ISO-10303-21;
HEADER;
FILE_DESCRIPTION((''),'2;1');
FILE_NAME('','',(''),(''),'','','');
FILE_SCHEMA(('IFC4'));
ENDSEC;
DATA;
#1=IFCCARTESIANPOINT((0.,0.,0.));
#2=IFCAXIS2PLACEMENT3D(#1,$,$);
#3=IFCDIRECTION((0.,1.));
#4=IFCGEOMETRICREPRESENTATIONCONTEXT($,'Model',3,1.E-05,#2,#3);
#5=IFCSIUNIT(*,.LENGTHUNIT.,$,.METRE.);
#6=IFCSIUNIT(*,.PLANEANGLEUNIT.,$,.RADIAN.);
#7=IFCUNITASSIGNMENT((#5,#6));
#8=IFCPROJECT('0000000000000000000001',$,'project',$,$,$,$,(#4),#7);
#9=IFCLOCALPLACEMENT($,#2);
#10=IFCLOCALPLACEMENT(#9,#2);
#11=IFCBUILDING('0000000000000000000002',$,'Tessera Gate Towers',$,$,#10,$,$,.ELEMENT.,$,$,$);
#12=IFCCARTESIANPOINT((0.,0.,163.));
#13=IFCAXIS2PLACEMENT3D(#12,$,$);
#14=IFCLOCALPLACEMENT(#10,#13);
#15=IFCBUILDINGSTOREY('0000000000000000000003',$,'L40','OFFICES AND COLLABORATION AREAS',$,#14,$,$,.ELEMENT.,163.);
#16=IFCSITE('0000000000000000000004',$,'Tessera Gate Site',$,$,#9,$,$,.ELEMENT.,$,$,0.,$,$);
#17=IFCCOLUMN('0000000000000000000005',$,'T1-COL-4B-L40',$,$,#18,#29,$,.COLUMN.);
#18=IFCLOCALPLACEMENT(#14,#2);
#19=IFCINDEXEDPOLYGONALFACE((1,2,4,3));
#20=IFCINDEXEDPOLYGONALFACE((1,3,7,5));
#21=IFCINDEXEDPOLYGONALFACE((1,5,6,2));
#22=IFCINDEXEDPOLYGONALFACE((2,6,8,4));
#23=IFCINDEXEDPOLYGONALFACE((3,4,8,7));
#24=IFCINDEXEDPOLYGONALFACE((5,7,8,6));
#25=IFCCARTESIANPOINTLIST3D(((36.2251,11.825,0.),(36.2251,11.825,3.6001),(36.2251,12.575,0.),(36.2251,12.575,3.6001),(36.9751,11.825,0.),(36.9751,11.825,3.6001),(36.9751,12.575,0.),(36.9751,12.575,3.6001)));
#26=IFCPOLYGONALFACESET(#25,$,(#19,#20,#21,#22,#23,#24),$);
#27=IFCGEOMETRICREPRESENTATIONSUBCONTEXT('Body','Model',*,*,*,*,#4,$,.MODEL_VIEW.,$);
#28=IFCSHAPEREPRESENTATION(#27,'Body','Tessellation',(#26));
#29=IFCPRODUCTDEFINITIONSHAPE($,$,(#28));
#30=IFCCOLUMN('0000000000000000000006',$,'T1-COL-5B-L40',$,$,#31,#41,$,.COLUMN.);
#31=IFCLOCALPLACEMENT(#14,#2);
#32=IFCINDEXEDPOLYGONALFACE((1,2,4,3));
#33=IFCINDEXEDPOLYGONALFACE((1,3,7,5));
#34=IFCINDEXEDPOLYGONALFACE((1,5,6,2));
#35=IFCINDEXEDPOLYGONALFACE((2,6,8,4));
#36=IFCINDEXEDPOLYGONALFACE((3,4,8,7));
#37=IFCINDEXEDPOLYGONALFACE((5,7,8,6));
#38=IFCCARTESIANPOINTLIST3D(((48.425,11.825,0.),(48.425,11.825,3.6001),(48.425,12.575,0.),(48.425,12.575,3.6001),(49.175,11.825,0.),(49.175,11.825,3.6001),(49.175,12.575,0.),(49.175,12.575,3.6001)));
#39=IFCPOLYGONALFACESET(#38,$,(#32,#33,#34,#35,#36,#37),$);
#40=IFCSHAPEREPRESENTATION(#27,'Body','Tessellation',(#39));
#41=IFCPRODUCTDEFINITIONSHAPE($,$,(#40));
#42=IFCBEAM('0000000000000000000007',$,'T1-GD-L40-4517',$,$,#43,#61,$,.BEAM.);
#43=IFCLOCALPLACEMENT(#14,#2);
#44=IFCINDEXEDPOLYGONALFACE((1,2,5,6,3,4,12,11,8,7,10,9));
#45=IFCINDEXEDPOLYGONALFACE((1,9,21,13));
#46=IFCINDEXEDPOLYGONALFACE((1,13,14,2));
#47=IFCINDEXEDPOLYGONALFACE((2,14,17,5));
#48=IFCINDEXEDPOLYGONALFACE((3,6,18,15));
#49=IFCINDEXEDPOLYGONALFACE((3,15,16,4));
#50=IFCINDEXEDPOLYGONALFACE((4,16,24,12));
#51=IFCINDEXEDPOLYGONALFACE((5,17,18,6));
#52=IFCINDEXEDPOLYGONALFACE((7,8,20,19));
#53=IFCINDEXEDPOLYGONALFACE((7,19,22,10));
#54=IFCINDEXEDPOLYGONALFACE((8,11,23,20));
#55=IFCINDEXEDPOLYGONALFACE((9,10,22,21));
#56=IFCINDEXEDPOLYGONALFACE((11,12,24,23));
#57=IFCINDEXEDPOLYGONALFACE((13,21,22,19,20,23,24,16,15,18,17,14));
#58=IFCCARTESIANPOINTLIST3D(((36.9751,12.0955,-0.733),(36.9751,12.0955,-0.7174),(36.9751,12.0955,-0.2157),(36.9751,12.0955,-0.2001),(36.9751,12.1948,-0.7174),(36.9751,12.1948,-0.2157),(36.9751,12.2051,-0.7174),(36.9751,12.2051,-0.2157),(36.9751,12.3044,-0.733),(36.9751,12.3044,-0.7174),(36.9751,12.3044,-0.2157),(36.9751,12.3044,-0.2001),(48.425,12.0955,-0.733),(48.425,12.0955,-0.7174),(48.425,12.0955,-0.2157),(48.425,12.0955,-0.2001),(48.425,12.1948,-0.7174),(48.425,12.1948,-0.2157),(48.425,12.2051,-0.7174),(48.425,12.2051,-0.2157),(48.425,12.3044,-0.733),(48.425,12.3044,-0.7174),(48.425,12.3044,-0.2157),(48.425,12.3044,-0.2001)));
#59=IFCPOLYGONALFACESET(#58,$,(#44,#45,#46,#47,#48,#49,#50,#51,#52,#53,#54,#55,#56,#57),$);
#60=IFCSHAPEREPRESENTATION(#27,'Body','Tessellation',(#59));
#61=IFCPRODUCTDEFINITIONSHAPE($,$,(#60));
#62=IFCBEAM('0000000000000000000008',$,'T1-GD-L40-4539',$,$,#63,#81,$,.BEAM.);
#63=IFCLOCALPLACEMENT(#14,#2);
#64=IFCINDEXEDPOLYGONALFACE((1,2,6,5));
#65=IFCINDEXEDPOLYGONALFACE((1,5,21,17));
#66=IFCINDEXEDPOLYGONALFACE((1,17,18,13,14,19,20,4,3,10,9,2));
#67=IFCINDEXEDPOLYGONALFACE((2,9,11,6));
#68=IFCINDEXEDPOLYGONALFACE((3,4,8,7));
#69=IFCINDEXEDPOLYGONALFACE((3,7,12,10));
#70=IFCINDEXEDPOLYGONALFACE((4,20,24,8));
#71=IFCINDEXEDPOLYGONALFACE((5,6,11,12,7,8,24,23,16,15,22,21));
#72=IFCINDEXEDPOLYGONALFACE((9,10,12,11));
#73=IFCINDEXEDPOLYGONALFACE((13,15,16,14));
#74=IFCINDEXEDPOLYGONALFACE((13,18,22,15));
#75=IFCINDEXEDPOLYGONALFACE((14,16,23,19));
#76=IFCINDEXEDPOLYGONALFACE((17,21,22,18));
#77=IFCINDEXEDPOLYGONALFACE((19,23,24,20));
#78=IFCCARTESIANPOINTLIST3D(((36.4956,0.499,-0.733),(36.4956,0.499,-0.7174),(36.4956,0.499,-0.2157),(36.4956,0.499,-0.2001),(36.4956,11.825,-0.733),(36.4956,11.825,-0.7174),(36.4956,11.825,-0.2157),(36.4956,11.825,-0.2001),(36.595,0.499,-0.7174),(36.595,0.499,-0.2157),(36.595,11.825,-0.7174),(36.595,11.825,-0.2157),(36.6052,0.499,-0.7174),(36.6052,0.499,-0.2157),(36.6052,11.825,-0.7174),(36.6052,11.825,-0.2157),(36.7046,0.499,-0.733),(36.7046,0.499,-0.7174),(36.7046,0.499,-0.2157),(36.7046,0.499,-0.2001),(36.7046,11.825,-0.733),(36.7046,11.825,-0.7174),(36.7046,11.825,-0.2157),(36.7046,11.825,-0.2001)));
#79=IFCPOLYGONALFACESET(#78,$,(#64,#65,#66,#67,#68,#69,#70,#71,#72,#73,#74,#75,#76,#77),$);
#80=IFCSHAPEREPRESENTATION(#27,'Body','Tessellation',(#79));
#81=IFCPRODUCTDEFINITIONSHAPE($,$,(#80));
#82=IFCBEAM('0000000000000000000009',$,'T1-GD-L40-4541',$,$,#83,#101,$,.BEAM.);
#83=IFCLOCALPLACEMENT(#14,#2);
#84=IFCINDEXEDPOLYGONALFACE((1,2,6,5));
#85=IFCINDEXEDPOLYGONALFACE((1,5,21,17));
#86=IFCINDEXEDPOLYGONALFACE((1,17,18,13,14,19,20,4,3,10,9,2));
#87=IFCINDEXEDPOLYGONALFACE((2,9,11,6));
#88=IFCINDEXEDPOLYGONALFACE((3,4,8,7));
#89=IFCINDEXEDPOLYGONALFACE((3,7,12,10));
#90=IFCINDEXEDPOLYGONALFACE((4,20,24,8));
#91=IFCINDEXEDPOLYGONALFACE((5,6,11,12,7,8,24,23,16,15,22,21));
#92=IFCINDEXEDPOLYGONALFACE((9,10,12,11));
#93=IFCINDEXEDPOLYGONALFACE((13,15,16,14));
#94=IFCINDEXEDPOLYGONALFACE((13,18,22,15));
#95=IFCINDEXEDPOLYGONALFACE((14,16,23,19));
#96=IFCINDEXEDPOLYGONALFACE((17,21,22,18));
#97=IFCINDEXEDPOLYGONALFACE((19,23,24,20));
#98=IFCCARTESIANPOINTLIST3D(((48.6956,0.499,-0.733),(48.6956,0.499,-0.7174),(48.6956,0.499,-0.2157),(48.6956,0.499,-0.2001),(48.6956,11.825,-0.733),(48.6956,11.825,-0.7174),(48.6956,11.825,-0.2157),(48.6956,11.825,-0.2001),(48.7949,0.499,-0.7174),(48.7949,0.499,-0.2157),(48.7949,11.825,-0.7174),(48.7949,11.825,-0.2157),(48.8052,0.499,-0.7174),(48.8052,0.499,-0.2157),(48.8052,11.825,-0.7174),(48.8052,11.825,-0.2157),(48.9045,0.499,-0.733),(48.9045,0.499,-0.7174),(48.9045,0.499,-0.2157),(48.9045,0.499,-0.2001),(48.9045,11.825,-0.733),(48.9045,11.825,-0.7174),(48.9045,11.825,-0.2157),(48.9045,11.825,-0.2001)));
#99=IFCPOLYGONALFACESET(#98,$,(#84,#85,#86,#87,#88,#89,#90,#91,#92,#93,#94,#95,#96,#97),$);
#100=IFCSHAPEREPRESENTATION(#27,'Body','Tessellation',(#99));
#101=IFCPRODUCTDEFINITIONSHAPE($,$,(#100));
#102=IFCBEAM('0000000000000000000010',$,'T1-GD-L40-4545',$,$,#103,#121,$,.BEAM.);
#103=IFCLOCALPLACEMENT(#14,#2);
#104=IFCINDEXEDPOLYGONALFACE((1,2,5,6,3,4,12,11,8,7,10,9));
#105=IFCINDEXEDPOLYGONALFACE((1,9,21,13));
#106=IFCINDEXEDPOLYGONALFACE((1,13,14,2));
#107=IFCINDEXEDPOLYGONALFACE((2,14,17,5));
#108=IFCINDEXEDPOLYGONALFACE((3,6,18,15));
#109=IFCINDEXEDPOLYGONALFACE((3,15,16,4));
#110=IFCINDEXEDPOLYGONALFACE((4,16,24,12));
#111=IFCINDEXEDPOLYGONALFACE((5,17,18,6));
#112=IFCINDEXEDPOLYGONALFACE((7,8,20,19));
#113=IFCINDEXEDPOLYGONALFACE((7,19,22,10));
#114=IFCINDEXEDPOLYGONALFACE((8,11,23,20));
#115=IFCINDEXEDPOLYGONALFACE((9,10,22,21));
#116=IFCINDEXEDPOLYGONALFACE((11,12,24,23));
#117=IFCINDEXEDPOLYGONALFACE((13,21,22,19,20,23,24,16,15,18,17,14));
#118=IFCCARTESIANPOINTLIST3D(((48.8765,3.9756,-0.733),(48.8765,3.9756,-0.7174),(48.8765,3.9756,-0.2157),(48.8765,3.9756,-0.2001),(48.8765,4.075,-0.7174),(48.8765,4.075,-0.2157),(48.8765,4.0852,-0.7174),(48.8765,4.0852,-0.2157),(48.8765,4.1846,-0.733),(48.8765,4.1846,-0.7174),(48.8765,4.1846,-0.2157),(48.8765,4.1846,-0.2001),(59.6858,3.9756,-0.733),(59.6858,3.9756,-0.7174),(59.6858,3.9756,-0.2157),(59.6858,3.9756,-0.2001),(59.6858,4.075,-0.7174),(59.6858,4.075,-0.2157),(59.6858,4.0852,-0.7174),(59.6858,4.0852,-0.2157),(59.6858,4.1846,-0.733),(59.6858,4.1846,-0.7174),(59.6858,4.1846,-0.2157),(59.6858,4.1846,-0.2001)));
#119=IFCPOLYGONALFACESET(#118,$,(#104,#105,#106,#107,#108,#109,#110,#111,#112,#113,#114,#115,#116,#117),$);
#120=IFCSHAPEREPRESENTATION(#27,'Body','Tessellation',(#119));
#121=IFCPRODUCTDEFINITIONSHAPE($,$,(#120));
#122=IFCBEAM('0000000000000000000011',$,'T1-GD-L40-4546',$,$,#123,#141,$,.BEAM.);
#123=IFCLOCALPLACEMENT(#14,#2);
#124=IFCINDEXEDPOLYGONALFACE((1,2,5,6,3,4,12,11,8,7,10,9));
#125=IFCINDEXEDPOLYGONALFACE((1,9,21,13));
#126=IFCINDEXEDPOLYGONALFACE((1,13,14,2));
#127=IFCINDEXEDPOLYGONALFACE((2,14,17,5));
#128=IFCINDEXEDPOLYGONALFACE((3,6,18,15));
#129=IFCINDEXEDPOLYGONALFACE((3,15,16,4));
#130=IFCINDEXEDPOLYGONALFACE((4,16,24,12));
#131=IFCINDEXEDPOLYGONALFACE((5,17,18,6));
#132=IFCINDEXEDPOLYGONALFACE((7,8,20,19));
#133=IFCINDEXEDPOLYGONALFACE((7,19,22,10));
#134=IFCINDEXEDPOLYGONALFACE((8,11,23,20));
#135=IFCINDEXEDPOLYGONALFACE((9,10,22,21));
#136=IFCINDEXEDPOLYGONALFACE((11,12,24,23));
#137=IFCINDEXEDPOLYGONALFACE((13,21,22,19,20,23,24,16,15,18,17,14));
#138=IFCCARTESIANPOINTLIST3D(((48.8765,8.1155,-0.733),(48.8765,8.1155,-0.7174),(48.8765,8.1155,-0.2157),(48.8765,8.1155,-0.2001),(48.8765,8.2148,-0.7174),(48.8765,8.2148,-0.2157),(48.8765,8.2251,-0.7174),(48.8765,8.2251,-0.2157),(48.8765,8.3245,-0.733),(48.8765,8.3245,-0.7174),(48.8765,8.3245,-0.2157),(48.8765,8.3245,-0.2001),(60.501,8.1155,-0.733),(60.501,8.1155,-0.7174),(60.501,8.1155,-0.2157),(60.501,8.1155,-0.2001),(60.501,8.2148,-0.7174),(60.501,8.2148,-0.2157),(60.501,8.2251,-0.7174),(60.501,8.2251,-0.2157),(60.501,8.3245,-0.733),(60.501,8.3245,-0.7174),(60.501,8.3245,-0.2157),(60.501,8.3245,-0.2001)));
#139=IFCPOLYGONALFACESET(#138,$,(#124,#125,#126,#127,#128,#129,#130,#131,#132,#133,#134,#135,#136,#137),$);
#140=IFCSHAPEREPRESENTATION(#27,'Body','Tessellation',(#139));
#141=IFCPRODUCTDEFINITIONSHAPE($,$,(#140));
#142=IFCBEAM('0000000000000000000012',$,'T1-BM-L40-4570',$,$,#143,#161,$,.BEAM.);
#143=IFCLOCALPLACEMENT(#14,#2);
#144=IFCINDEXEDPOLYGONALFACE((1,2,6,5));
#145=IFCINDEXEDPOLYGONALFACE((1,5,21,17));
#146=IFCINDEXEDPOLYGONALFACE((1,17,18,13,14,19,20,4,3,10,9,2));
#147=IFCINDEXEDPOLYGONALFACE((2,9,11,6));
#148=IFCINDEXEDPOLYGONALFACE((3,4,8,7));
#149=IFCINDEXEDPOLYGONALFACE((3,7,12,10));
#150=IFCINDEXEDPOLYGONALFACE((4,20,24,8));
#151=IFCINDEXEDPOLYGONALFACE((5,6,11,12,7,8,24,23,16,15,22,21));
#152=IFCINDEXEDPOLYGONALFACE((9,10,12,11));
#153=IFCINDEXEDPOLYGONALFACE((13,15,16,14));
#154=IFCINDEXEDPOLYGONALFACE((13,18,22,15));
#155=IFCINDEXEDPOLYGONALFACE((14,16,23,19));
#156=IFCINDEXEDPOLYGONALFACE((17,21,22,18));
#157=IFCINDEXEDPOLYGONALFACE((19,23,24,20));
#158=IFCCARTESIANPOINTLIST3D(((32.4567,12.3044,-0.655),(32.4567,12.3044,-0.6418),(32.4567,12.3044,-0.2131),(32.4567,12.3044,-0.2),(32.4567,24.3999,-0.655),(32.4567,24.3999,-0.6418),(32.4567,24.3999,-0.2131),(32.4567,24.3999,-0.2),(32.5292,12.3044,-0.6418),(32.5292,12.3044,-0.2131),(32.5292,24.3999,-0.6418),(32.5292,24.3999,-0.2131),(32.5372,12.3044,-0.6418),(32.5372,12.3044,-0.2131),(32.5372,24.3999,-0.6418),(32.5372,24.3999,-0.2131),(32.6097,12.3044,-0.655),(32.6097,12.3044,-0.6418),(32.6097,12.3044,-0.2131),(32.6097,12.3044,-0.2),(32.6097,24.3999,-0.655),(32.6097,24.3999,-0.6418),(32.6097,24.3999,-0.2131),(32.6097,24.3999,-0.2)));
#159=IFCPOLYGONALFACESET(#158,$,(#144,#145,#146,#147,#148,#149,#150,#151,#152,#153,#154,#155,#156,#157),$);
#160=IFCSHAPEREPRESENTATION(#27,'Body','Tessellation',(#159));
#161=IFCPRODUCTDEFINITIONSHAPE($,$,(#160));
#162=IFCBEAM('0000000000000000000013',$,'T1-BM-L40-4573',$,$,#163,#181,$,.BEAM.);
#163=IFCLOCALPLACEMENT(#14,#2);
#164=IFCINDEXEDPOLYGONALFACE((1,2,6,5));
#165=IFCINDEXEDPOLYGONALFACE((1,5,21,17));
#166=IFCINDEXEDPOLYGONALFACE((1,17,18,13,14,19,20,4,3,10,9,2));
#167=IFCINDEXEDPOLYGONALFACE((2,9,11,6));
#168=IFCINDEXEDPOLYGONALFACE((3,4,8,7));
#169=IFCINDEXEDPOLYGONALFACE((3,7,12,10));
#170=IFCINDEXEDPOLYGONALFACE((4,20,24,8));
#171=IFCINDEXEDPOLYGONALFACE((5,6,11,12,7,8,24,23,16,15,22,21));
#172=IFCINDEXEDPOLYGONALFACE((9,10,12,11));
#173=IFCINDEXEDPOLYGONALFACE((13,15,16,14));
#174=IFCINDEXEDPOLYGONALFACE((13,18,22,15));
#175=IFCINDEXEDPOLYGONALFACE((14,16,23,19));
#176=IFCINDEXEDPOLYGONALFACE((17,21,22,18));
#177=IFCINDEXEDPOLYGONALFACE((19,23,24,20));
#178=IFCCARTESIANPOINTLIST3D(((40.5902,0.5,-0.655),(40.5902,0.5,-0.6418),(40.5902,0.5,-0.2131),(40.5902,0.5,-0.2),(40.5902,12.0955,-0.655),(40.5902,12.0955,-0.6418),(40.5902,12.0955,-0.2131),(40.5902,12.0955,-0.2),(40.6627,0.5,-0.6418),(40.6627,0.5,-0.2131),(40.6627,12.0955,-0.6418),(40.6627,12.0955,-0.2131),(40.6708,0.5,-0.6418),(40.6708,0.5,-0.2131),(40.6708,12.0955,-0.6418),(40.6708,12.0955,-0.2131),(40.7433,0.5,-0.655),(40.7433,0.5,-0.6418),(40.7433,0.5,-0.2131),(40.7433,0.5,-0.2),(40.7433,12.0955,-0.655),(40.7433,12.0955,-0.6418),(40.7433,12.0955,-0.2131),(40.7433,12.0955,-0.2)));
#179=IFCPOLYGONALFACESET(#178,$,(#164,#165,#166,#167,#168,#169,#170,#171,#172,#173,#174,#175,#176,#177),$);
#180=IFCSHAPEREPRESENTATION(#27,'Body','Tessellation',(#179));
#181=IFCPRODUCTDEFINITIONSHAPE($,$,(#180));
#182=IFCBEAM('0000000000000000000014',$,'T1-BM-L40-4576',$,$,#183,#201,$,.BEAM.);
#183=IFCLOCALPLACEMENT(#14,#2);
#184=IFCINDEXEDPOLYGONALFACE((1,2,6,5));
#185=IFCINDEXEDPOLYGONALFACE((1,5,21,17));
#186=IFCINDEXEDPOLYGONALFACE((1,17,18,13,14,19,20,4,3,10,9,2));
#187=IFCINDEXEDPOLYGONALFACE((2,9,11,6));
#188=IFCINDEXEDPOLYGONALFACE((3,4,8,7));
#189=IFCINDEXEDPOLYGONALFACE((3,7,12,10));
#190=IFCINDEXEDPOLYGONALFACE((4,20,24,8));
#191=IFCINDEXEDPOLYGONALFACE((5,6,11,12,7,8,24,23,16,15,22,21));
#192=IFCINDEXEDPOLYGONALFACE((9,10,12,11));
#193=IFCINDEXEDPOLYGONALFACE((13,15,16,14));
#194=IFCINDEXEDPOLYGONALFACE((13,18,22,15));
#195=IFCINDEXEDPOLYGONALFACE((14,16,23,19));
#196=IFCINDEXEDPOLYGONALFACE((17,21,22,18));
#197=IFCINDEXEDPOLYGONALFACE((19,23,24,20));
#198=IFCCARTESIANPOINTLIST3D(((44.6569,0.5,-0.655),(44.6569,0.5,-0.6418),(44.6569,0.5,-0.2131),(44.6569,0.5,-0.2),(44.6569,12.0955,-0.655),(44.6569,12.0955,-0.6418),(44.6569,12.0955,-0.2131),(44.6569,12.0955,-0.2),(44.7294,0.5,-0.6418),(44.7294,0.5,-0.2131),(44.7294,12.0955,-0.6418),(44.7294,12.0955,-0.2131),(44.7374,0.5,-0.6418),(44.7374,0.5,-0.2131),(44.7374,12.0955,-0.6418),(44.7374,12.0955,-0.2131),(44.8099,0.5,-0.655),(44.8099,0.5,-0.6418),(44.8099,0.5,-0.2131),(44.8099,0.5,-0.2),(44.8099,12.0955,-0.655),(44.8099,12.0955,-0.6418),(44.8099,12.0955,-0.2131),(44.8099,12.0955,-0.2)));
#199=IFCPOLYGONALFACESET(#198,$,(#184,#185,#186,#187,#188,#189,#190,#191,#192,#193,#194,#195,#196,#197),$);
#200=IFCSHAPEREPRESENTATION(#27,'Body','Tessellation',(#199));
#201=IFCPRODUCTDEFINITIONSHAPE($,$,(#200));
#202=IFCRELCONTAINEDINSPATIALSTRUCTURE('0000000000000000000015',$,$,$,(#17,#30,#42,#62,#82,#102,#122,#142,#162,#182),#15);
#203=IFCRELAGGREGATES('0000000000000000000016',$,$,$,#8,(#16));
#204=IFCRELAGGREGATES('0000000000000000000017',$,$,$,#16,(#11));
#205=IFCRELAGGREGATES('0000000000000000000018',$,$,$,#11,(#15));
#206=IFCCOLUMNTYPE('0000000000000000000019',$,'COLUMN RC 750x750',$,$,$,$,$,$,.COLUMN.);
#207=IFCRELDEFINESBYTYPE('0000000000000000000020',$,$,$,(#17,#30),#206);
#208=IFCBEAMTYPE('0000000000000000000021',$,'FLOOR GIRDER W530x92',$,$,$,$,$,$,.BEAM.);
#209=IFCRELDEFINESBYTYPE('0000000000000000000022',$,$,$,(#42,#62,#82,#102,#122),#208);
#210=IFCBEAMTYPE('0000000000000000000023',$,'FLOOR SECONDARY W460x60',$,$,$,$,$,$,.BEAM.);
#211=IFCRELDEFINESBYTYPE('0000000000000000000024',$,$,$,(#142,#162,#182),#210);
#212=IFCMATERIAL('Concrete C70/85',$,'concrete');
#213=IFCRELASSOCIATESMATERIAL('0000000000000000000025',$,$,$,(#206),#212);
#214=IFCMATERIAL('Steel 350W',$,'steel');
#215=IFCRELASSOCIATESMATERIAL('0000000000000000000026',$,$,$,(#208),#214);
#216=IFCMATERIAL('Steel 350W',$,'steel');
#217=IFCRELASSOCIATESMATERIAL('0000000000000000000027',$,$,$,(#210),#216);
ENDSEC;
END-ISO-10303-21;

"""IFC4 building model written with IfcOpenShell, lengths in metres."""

from ifc_helpers import new_model, si_unit, direction, frame, origin, origin_2d, place, context, subcontext, project, spatial, rectangle, i_section, extrude, material, material_profile, profile_set, type_object, element, save


model = new_model("IFC4")

# Units and contexts
model_context = context("Model", 3, precision=1e-05, world=origin(), true_north=direction((0.0, 1.0)))
body_context = subcontext(model_context, "Body", "Model", "MODEL_VIEW")
ifc_project = project(units=[si_unit("LENGTHUNIT", "METRE"), si_unit("PLANEANGLEUNIT", "RADIAN")], contexts=[model_context])

# Site, building, storey
site_placement = place(None, origin())
site = spatial("IfcSite", under=ifc_project, at=site_placement, Name="Tessera Gate Site", CompositionType="ELEMENT", RefElevation=0.0)
building_placement = place(site_placement, origin())
building = spatial("IfcBuilding", under=site, at=building_placement, Name="Tessera Gate Towers", CompositionType="ELEMENT")
storey_placement = place(building_placement, frame((0.0, 0.0, 163.0)))
storey = spatial("IfcBuildingStorey", under=building, at=storey_placement, Name="L40", Description="OFFICES AND COLLABORATION AREAS", CompositionType="ELEMENT", Elevation=163.0)

# Columns
ifc_material_1 = material(Name="Concrete C70/85", Category="concrete")
ifc_material_profile_1 = material_profile(ifc_material_1, rectangle(XDim=0.75, YDim=0.75, at=origin_2d()), Name="RC 750x750")
ifc_profile_set_1 = profile_set([ifc_material_profile_1], Name="Concrete C70/85")
column_type = type_object("IfcColumnType", Name="COLUMN RC 750x750", PredefinedType="COLUMN", material=ifc_profile_set_1)
for number, where, z_axis, x_axis, name in (
    (1, (36.6001, 12.2, 0.0), (0.0, 0.0, 1.0), (1.0, 0.0, 0.0), "T1-COL-4B-L40"),
    (2, (48.8, 12.2, 0.0), (0.0, 0.0, 1.0), (1.0, 0.0, 0.0), "T1-COL-5B-L40"),
):
    element("IfcColumn", number, at=place(storey_placement, frame(where, z_axis=z_axis, x_axis=x_axis)), inside=storey, type_object=column_type, Name=name, PredefinedType="COLUMN", context=body_context, shape_type="SweptSolid", body=[
        extrude(rectangle(XDim=0.75, YDim=0.75, at=origin_2d()), origin(), (0.0, 0.0, 1.0), 3.6001),
    ])

# Beams
ifc_material_2 = material(Name="Steel 350W", Category="steel")
ifc_material_profile_2 = material_profile(ifc_material_2, i_section(OverallWidth=0.209, OverallDepth=0.533, WebThickness=0.0103, FlangeThickness=0.0156, at=origin_2d()), Name="W530x92")
ifc_profile_set_2 = profile_set([ifc_material_profile_2], Name="Steel 350W")
beam_type_1 = type_object("IfcBeamType", Name="FLOOR GIRDER W530x92", PredefinedType="BEAM", material=ifc_profile_set_2)
beam_1_placement = place(storey_placement, frame((36.9751, 12.2, -0.4666), z_axis=(1.0, 0.0, 0.0), x_axis=(0.0, 1.0, 0.0)))
element("IfcBeam", 3, at=beam_1_placement, inside=storey, type_object=beam_type_1, Name="T1-GD-L40-4517", PredefinedType="BEAM", context=body_context, shape_type="SweptSolid", body=[
    extrude(i_section(OverallWidth=0.209, OverallDepth=0.533, WebThickness=0.0103, FlangeThickness=0.0156, at=origin_2d()), origin(), (0.0, 0.0, 1.0), 11.45),
])
for number, where, z_axis, x_axis, name in (
    (4, (36.6001, 0.499, -0.4666), (0.0, 1.0, 0.0), (-1.0, 0.0, 0.0), "T1-GD-L40-4539"),
    (5, (48.8, 0.499, -0.4666), (0.0, 1.0, 0.0), (-1.0, 0.0, 0.0), "T1-GD-L40-4541"),
):
    element("IfcBeam", number, at=place(storey_placement, frame(where, z_axis=z_axis, x_axis=x_axis)), inside=storey, type_object=beam_type_1, Name=name, PredefinedType="BEAM", context=body_context, shape_type="SweptSolid", body=[
        extrude(i_section(OverallWidth=0.209, OverallDepth=0.533, WebThickness=0.0103, FlangeThickness=0.0156, at=origin_2d()), origin(), (0.0, 0.0, 1.0), 11.3259),
    ])
beam_2_placement = place(storey_placement, frame((48.8765, 4.0801, -0.4666), z_axis=(1.0, 0.0, 0.0), x_axis=(0.0, 1.0, 0.0)))
element("IfcBeam", 6, at=beam_2_placement, inside=storey, type_object=beam_type_1, Name="T1-GD-L40-4545", PredefinedType="BEAM", context=body_context, shape_type="SweptSolid", body=[
    extrude(i_section(OverallWidth=0.209, OverallDepth=0.533, WebThickness=0.0103, FlangeThickness=0.0156, at=origin_2d()), origin(), (0.0, 0.0, 1.0), 10.8093),
])
beam_3_placement = place(storey_placement, frame((48.8765, 8.22, -0.4666), z_axis=(1.0, 0.0, 0.0), x_axis=(0.0, 1.0, 0.0)))
element("IfcBeam", 7, at=beam_3_placement, inside=storey, type_object=beam_type_1, Name="T1-GD-L40-4546", PredefinedType="BEAM", context=body_context, shape_type="SweptSolid", body=[
    extrude(i_section(OverallWidth=0.209, OverallDepth=0.533, WebThickness=0.0103, FlangeThickness=0.0156, at=origin_2d()), origin(), (0.0, 0.0, 1.0), 11.6245),
])
ifc_material_3 = material(Name="Steel 350W", Category="steel")
ifc_material_profile_3 = material_profile(ifc_material_3, i_section(OverallWidth=0.1531, OverallDepth=0.4551, WebThickness=0.0081, FlangeThickness=0.0132, at=origin_2d()), Name="W460x60")
ifc_profile_set_3 = profile_set([ifc_material_profile_3], Name="Steel 350W")
beam_type_2 = type_object("IfcBeamType", Name="FLOOR SECONDARY W460x60", PredefinedType="BEAM", material=ifc_profile_set_3)
beam_4_placement = place(storey_placement, frame((32.5332, 12.3044, -0.4275), z_axis=(0.0, 1.0, 0.0), x_axis=(-1.0, 0.0, 0.0)))
element("IfcBeam", 8, at=beam_4_placement, inside=storey, type_object=beam_type_2, Name="T1-BM-L40-4570", PredefinedType="BEAM", context=body_context, shape_type="SweptSolid", body=[
    extrude(i_section(OverallWidth=0.1531, OverallDepth=0.4551, WebThickness=0.0081, FlangeThickness=0.0132, at=origin_2d()), origin(), (0.0, 0.0, 1.0), 12.0955),
])
for number, where, z_axis, x_axis, name in (
    (9, (40.6667, 0.5, -0.4275), (0.0, 1.0, 0.0), (-1.0, 0.0, 0.0), "T1-BM-L40-4573"),
    (10, (44.7334, 0.5, -0.4275), (0.0, 1.0, 0.0), (-1.0, 0.0, 0.0), "T1-BM-L40-4576"),
):
    element("IfcBeam", number, at=place(storey_placement, frame(where, z_axis=z_axis, x_axis=x_axis)), inside=storey, type_object=beam_type_2, Name=name, PredefinedType="BEAM", context=body_context, shape_type="SweptSolid", body=[
        extrude(i_section(OverallWidth=0.1531, OverallDepth=0.4551, WebThickness=0.0081, FlangeThickness=0.0132, at=origin_2d()), origin(), (0.0, 0.0, 1.0), 11.5955),
    ])

save(model, "model.ifc")
